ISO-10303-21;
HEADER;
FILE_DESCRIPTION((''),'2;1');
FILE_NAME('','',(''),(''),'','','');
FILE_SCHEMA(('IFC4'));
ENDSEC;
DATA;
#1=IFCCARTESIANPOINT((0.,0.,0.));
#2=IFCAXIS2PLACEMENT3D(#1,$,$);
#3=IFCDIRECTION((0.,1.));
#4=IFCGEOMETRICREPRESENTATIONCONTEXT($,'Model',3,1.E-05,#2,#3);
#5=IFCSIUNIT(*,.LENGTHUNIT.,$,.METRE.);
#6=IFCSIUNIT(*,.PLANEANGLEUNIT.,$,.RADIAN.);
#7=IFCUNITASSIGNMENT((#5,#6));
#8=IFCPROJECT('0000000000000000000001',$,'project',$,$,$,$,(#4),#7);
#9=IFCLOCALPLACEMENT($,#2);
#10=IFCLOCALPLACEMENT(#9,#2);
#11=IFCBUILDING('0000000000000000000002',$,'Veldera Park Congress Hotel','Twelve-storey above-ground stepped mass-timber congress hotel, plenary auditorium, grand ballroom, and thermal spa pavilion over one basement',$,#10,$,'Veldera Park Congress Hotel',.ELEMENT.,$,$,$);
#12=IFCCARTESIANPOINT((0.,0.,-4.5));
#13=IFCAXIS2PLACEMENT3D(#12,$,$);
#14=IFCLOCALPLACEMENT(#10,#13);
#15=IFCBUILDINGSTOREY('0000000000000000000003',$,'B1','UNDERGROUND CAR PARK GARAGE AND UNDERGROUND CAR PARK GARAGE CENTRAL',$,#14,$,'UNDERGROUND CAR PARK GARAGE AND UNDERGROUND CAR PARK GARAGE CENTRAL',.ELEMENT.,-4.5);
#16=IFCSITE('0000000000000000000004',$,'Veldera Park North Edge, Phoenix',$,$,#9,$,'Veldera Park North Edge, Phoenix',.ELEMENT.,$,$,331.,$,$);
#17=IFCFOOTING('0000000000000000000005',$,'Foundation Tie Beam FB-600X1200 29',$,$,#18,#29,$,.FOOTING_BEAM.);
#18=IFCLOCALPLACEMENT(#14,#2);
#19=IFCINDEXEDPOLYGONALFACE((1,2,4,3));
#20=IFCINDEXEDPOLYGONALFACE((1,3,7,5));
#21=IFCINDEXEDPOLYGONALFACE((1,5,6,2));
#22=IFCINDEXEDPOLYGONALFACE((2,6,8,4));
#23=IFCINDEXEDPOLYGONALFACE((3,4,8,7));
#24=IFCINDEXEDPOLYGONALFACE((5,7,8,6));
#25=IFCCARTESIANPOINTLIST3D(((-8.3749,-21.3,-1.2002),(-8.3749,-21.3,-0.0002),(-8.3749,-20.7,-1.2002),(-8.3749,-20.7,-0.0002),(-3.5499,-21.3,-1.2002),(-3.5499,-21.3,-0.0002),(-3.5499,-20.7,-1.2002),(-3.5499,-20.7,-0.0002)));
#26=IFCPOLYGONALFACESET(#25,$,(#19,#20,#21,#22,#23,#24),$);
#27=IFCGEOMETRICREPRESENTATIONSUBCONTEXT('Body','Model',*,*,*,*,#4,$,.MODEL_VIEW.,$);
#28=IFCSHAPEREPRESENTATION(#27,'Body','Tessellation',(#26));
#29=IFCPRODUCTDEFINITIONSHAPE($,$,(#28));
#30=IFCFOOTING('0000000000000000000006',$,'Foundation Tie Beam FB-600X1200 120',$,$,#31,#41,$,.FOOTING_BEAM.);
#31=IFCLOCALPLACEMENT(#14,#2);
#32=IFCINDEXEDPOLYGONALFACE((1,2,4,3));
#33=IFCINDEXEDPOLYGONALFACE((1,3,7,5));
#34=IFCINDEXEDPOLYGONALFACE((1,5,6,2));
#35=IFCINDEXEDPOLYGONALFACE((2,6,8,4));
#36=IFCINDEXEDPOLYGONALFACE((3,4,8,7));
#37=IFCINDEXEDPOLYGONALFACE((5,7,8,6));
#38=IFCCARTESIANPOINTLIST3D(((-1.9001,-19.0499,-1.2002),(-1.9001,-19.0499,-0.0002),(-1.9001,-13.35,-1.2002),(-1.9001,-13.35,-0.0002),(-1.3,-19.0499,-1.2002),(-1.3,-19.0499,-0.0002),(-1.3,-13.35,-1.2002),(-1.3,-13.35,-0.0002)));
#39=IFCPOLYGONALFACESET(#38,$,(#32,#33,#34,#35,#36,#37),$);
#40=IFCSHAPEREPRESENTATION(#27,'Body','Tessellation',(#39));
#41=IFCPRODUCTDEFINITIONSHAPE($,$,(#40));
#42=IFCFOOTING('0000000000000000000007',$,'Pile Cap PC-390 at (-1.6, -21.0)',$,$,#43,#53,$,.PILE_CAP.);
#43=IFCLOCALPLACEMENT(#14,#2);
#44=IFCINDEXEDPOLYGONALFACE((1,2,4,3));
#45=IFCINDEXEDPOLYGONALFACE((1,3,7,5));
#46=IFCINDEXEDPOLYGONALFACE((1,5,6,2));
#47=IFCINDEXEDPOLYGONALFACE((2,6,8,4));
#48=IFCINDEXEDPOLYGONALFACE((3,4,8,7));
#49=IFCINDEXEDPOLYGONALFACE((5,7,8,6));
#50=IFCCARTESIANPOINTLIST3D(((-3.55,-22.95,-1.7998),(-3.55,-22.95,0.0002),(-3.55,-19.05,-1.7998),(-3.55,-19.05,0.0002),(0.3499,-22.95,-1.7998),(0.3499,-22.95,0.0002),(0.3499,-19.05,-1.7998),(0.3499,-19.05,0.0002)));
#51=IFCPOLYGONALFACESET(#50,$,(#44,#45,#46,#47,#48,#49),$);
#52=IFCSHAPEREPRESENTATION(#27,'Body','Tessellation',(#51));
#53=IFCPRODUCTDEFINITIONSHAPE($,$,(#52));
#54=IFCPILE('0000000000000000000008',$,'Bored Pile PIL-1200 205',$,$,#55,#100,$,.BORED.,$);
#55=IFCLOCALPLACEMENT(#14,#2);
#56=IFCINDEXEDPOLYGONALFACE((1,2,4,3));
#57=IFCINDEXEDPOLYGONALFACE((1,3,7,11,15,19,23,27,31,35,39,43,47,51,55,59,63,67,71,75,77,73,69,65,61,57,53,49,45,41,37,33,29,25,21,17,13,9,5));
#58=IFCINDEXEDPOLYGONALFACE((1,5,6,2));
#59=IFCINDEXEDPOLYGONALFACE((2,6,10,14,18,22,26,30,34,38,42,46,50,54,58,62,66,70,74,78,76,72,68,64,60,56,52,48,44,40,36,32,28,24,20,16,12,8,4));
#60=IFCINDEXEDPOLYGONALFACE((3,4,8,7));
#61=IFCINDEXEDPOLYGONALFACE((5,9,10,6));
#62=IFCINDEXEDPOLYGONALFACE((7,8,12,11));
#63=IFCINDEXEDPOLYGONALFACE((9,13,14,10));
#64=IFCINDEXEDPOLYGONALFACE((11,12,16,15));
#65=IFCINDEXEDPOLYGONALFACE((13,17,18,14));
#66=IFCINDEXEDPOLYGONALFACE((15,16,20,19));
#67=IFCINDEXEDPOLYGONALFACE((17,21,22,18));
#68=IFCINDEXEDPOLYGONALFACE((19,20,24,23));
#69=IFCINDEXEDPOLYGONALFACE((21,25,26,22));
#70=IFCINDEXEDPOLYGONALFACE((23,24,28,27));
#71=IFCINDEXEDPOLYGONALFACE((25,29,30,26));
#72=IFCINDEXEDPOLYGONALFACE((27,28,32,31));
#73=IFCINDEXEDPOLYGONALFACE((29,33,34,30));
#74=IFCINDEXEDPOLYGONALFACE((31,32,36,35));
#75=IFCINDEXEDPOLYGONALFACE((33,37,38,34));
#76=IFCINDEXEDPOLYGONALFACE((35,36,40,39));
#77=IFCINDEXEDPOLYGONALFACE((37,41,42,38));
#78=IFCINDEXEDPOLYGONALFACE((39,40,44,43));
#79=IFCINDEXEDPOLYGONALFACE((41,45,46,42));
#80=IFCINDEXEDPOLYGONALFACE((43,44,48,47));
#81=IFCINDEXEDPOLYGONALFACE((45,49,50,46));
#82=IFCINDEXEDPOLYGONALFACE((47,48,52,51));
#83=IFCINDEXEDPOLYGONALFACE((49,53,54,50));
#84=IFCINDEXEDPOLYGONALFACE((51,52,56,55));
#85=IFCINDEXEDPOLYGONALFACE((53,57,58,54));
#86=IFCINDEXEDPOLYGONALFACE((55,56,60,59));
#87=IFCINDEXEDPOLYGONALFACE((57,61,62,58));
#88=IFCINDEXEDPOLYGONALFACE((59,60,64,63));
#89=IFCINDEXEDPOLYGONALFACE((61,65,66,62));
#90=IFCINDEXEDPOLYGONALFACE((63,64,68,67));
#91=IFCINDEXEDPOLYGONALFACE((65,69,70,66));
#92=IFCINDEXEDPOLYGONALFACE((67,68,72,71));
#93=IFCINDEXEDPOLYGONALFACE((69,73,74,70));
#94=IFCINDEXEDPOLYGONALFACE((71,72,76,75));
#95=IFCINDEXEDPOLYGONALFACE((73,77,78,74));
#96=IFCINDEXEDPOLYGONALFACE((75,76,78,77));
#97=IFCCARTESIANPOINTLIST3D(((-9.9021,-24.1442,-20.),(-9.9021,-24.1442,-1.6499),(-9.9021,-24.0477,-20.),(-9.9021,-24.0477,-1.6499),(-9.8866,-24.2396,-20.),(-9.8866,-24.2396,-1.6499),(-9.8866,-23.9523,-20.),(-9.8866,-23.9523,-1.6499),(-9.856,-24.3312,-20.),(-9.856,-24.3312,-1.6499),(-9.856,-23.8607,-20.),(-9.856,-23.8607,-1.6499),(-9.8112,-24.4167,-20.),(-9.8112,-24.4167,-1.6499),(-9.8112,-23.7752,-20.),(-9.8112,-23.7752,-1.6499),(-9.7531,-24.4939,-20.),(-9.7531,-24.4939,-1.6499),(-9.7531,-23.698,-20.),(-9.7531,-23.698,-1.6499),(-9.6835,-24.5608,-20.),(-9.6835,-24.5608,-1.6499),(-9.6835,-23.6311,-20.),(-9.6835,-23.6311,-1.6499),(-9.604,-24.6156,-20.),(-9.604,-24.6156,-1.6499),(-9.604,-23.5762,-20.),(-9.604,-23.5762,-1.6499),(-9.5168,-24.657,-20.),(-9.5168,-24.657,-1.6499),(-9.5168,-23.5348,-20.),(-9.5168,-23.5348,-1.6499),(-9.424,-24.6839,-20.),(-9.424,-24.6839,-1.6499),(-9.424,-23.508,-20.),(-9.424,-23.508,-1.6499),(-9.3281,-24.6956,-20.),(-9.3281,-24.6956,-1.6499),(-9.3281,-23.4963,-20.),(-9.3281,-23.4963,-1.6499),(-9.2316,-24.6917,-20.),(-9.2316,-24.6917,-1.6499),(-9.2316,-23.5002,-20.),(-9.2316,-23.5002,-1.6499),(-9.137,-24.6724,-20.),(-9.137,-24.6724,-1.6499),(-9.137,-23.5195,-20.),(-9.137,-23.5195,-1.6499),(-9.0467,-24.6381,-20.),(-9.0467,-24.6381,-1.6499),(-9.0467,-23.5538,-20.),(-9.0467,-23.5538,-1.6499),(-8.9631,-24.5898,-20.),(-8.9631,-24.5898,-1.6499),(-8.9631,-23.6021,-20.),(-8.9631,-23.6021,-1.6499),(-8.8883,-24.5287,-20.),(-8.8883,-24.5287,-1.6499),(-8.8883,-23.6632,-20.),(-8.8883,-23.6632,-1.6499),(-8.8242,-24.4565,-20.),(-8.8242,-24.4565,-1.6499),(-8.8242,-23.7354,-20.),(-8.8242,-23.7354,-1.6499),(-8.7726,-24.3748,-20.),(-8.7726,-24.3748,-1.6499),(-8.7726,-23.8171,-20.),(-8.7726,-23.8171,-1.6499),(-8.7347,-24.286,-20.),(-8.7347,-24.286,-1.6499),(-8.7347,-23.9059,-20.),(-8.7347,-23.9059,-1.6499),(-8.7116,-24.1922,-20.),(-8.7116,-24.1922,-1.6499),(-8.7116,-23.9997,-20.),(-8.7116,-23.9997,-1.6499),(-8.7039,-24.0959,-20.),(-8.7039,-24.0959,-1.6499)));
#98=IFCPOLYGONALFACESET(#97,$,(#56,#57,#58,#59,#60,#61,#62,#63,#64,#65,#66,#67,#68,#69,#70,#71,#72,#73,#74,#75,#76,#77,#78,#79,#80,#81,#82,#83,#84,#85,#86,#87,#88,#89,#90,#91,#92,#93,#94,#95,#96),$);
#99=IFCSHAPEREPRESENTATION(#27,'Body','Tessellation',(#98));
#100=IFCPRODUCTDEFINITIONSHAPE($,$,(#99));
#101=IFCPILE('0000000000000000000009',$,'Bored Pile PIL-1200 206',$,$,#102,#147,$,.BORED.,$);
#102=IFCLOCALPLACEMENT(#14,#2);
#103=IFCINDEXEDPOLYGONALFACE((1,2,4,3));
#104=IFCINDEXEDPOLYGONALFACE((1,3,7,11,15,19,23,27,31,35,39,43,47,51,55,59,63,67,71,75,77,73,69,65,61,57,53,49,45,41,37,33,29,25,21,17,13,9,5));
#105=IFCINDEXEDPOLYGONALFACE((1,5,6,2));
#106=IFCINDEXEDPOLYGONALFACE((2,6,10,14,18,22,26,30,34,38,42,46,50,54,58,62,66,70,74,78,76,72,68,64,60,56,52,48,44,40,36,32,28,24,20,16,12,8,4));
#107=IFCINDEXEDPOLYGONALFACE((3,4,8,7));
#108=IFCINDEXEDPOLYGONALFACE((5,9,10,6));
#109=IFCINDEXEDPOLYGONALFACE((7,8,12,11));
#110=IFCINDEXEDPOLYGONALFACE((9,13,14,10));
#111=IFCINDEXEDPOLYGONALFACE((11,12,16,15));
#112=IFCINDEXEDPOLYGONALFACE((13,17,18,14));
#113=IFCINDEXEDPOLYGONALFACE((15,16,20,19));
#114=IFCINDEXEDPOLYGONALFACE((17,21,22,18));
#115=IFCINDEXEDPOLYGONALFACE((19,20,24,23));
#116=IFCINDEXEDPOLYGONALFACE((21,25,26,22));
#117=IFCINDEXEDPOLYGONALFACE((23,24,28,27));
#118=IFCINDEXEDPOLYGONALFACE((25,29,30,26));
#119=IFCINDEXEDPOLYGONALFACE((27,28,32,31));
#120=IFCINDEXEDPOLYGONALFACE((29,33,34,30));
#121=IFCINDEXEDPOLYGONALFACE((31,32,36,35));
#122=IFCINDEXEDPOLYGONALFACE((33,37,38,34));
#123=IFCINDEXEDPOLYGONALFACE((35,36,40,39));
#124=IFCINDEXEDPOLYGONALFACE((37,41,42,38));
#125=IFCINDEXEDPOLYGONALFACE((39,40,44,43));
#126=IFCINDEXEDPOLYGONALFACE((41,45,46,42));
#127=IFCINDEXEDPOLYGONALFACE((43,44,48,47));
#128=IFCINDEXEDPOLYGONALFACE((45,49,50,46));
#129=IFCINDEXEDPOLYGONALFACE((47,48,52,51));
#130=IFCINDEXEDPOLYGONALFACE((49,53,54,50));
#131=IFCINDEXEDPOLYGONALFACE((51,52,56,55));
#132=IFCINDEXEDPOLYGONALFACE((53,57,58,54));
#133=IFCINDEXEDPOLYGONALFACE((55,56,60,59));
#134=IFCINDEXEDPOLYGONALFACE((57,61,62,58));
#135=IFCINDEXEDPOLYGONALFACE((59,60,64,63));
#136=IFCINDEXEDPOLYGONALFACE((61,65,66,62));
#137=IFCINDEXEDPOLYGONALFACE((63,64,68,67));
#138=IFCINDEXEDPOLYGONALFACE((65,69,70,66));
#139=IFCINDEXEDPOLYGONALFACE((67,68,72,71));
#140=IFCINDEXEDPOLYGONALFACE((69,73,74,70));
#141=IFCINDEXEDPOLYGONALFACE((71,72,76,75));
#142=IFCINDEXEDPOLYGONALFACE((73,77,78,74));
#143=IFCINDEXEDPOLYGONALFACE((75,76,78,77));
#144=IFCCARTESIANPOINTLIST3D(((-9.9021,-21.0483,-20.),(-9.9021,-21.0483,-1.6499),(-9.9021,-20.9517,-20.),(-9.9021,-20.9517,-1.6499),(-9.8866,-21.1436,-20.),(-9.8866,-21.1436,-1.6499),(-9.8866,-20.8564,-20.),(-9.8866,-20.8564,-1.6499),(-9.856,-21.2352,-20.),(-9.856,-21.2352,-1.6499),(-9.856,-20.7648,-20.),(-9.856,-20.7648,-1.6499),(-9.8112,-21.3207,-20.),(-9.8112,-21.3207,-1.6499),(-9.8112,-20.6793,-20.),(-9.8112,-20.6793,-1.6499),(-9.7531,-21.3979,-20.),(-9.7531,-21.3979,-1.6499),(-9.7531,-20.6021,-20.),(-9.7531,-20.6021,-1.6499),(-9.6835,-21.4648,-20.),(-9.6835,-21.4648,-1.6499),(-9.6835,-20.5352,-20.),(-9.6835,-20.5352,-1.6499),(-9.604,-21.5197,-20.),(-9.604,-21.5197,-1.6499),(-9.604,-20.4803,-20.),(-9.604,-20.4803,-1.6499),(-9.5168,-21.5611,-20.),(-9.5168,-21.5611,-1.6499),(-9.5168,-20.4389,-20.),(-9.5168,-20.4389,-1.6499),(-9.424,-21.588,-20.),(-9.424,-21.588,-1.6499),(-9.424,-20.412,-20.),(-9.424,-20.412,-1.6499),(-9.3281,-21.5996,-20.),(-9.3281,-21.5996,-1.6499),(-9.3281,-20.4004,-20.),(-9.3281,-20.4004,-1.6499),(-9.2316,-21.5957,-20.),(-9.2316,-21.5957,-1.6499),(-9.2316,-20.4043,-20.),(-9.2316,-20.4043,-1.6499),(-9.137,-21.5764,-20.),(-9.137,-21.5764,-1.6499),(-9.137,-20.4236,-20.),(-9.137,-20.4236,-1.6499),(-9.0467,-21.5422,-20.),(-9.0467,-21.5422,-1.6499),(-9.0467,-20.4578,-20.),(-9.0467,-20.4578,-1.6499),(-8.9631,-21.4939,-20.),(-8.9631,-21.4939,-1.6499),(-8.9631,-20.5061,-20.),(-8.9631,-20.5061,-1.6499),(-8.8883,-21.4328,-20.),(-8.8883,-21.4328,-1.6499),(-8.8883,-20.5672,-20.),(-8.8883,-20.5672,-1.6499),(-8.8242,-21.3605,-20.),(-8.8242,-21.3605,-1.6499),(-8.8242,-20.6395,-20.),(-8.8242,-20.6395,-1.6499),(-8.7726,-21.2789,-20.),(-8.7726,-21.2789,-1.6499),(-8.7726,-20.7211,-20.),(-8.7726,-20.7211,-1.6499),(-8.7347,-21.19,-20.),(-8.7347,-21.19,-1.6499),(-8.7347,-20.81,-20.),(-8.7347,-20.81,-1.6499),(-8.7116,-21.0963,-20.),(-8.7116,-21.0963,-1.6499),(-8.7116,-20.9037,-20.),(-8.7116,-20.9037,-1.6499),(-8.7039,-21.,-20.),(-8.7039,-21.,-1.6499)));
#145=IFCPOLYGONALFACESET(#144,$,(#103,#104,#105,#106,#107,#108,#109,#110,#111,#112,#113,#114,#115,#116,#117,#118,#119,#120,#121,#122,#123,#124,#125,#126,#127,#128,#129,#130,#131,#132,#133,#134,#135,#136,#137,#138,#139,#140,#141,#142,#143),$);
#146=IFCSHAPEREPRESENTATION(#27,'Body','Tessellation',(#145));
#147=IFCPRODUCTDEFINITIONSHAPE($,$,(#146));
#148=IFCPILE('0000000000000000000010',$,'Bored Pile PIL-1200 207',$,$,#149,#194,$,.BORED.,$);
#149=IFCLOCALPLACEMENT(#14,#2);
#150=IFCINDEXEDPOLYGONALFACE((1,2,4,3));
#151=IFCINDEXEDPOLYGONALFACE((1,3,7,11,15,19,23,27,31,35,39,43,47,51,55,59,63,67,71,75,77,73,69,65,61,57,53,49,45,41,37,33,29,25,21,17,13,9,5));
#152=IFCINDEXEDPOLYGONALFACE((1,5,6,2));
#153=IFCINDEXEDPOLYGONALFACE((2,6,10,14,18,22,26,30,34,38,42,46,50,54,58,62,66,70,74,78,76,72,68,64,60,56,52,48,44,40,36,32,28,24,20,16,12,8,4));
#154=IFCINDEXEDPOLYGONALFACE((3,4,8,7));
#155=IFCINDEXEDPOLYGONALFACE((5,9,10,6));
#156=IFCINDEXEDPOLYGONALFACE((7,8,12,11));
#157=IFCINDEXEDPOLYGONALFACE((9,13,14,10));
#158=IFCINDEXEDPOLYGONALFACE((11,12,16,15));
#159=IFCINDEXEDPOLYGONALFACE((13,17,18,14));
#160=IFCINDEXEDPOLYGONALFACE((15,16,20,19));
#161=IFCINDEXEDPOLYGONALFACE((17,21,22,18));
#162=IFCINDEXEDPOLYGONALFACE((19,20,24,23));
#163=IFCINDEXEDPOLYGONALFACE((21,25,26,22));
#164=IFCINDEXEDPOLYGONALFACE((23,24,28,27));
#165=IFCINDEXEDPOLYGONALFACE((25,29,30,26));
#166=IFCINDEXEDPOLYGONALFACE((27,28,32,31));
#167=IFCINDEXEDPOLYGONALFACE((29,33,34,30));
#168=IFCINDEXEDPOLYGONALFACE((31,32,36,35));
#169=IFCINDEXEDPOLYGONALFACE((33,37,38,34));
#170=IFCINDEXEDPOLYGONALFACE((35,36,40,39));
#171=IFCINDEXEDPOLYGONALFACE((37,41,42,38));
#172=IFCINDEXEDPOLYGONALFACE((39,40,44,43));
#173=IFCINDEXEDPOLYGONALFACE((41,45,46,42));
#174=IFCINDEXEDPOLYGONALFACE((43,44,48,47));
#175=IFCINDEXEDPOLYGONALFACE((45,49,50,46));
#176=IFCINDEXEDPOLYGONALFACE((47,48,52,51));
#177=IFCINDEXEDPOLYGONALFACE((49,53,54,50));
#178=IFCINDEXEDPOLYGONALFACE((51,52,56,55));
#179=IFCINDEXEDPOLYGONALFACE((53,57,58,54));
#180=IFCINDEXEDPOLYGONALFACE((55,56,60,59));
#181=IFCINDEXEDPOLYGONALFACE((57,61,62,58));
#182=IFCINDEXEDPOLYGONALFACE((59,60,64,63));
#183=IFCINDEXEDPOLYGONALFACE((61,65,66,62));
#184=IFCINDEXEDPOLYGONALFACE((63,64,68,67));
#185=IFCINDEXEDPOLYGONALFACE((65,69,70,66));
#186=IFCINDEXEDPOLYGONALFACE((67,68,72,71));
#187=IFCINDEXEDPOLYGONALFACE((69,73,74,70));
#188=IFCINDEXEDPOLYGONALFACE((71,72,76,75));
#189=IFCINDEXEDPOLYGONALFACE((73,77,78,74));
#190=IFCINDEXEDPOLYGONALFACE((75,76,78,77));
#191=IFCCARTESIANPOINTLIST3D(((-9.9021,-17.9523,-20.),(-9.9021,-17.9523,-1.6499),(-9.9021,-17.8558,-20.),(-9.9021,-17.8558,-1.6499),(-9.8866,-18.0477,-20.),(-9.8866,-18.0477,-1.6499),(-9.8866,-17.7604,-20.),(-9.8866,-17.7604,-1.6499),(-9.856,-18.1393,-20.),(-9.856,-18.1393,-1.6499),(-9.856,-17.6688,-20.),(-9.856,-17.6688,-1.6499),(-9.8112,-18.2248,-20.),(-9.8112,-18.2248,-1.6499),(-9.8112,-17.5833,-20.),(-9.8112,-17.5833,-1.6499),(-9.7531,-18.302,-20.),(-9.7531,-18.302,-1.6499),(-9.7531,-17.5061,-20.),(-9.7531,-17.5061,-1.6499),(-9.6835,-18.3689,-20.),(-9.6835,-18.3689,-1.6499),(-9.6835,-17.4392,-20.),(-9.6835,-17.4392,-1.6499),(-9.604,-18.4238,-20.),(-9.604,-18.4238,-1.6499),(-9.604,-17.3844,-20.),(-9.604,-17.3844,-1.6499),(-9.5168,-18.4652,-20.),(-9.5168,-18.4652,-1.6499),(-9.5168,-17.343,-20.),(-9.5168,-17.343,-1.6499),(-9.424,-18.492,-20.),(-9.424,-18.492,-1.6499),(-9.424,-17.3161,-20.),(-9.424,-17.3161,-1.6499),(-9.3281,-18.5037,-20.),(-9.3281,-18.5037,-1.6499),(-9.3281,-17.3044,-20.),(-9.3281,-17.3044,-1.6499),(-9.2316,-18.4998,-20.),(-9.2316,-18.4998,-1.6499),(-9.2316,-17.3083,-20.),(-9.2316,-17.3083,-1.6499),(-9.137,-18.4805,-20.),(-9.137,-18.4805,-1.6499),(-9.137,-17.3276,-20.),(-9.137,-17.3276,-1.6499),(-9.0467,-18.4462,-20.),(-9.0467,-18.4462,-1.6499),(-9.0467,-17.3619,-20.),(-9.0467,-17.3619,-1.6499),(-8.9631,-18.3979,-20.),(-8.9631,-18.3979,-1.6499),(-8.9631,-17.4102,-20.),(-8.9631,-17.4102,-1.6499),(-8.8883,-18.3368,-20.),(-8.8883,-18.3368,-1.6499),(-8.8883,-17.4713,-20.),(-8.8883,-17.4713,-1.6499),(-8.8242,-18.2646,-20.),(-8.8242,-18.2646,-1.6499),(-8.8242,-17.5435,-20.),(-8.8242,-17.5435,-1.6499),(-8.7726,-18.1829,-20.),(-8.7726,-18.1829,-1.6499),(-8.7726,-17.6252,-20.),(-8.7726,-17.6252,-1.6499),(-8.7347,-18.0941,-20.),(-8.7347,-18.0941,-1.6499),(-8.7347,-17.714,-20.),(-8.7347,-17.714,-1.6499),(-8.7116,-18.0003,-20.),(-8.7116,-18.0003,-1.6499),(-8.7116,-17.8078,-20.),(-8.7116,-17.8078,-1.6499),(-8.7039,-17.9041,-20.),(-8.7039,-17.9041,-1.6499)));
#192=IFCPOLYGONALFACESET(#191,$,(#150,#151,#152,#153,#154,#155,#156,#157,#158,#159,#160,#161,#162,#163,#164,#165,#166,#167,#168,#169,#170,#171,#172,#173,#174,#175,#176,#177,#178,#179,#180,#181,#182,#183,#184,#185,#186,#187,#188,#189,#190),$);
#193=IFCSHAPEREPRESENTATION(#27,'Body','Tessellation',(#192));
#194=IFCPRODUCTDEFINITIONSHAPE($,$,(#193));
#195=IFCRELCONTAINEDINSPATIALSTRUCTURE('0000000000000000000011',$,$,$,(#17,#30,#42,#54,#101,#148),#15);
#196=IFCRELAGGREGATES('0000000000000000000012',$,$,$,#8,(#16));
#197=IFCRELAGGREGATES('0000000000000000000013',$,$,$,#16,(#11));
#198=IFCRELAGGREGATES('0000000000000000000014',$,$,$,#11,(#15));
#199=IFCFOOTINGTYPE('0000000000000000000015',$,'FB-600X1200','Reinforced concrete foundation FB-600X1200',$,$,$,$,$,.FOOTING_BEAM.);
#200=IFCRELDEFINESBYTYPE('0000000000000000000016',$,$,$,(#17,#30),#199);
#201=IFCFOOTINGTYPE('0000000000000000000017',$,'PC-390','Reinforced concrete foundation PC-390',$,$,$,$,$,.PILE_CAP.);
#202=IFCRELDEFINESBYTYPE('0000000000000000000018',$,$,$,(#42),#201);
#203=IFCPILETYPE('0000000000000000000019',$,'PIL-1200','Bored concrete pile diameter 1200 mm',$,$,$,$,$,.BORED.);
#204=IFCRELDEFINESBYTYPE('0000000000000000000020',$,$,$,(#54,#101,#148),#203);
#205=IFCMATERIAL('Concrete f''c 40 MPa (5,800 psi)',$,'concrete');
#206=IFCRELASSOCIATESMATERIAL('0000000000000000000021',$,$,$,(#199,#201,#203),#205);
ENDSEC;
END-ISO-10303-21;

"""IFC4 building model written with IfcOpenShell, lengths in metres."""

from ifc_helpers import new_model, si_unit, direction, frame, origin, origin_2d, place, context, subcontext, project, spatial, rectangle, circle, extrude, material, material_profile, profile_set, type_object, element, save


model = new_model("IFC4")

# Units and contexts
model_context = context("Model", 3, precision=1e-05, world=origin(), true_north=direction((0.0, 1.0)))
body_context = subcontext(model_context, "Body", "Model", "MODEL_VIEW")
ifc_project = project(units=[si_unit("LENGTHUNIT", "METRE"), si_unit("PLANEANGLEUNIT", "RADIAN")], contexts=[model_context])

# Site, building, storey
site_placement = place(None, origin())
site = spatial("IfcSite", under=ifc_project, at=site_placement, Name="Veldera Park North Edge, Phoenix", LongName="Veldera Park North Edge, Phoenix", CompositionType="ELEMENT", RefElevation=331.0)
building_placement = place(site_placement, origin())
building = spatial("IfcBuilding", under=site, at=building_placement, Name="Veldera Park Congress Hotel", Description="Twelve-storey above-ground stepped mass-timber congress hotel, plenary auditorium, grand ballroom, and thermal spa pavilion over one basement", LongName="Veldera Park Congress Hotel", CompositionType="ELEMENT")
storey_placement = place(building_placement, frame((0.0, 0.0, -4.5)))
storey = spatial("IfcBuildingStorey", under=building, at=storey_placement, Name="B1", Description="UNDERGROUND CAR PARK GARAGE AND UNDERGROUND CAR PARK GARAGE CENTRAL", LongName="UNDERGROUND CAR PARK GARAGE AND UNDERGROUND CAR PARK GARAGE CENTRAL", CompositionType="ELEMENT", Elevation=-4.5)

# Footings
ifc_material_1 = material(Name="Concrete f'c 40 MPa (5,800 psi)", Category="concrete")
footing_type_1 = type_object("IfcFootingType", Name="FB-600X1200", Description="Reinforced concrete foundation FB-600X1200", PredefinedType="FOOTING_BEAM", material=ifc_material_1)
footing_1_placement = place(storey_placement, frame((-5.9624, -21.0, -1.2002), z_axis=(0.0, 0.0, 1.0), x_axis=(1.0, 0.0, 0.0)))
element("IfcFooting", 1, at=footing_1_placement, inside=storey, type_object=footing_type_1, Name="Foundation Tie Beam FB-600X1200 29", PredefinedType="FOOTING_BEAM", context=body_context, shape_type="SweptSolid", body=[
    extrude(rectangle(XDim=4.825, YDim=0.6001, at=origin_2d()), origin(), (0.0, 0.0, 1.0), 1.2),
])
footing_2_placement = place(storey_placement, frame((-1.6001, -16.2, -1.2002), z_axis=(0.0, 0.0, 1.0), x_axis=(0.0, 1.0, 0.0)))
element("IfcFooting", 2, at=footing_2_placement, inside=storey, type_object=footing_type_1, Name="Foundation Tie Beam FB-600X1200 120", PredefinedType="FOOTING_BEAM", context=body_context, shape_type="SweptSolid", body=[
    extrude(rectangle(XDim=5.7, YDim=0.6001, at=origin_2d()), origin(), (0.0, 0.0, 1.0), 1.2),
])
footing_type_2 = type_object("IfcFootingType", Name="PC-390", Description="Reinforced concrete foundation PC-390", PredefinedType="PILE_CAP", material=ifc_material_1)
footing_3_placement = place(storey_placement, frame((-1.6001, -21.0, -1.7998), z_axis=(0.0, 0.0, 1.0), x_axis=(1.0, 0.0, 0.0)))
element("IfcFooting", 3, at=footing_3_placement, inside=storey, type_object=footing_type_2, Name="Pile Cap PC-390 at (-1.6, -21.0)", PredefinedType="PILE_CAP", context=body_context, shape_type="SweptSolid", body=[
    extrude(rectangle(XDim=3.8999, YDim=3.8999, at=origin_2d()), origin(), (0.0, 0.0, 1.0), 1.8),
])

# Piles
ifc_material_profile_1 = material_profile(ifc_material_1, circle(Radius=0.6001, at=origin_2d()), Name="PILE D1200")
ifc_profile_set_1 = profile_set([ifc_material_profile_1], Name="Concrete f'c 40 MPa (5,800 psi)")
pile_type_1 = type_object("IfcPileType", Name="PIL-1200", Description="Bored concrete pile diameter 1200 mm", PredefinedType="BORED", material=ifc_profile_set_1)
for number, where, z_axis, x_axis, name in (
    (4, (-9.304, -24.0959, -1.6499), (0.0, 0.0, -1.0), (1.0, 0.0, 0.0), "Bored Pile PIL-1200 205"),
    (5, (-9.304, -21.0, -1.6499), (0.0, 0.0, -1.0), (1.0, 0.0, 0.0), "Bored Pile PIL-1200 206"),
    (6, (-9.304, -17.9041, -1.6499), (0.0, 0.0, -1.0), (1.0, 0.0, 0.0), "Bored Pile PIL-1200 207"),
):
    element("IfcPile", number, at=place(storey_placement, frame(where, z_axis=z_axis, x_axis=x_axis)), inside=storey, type_object=pile_type_1, Name=name, PredefinedType="BORED", context=body_context, shape_type="SweptSolid", body=[
        extrude(circle(Radius=0.6001, at=origin_2d()), origin(), (0.0, 0.0, 1.0), 18.3501),
    ])

save(model, "model.ifc")
